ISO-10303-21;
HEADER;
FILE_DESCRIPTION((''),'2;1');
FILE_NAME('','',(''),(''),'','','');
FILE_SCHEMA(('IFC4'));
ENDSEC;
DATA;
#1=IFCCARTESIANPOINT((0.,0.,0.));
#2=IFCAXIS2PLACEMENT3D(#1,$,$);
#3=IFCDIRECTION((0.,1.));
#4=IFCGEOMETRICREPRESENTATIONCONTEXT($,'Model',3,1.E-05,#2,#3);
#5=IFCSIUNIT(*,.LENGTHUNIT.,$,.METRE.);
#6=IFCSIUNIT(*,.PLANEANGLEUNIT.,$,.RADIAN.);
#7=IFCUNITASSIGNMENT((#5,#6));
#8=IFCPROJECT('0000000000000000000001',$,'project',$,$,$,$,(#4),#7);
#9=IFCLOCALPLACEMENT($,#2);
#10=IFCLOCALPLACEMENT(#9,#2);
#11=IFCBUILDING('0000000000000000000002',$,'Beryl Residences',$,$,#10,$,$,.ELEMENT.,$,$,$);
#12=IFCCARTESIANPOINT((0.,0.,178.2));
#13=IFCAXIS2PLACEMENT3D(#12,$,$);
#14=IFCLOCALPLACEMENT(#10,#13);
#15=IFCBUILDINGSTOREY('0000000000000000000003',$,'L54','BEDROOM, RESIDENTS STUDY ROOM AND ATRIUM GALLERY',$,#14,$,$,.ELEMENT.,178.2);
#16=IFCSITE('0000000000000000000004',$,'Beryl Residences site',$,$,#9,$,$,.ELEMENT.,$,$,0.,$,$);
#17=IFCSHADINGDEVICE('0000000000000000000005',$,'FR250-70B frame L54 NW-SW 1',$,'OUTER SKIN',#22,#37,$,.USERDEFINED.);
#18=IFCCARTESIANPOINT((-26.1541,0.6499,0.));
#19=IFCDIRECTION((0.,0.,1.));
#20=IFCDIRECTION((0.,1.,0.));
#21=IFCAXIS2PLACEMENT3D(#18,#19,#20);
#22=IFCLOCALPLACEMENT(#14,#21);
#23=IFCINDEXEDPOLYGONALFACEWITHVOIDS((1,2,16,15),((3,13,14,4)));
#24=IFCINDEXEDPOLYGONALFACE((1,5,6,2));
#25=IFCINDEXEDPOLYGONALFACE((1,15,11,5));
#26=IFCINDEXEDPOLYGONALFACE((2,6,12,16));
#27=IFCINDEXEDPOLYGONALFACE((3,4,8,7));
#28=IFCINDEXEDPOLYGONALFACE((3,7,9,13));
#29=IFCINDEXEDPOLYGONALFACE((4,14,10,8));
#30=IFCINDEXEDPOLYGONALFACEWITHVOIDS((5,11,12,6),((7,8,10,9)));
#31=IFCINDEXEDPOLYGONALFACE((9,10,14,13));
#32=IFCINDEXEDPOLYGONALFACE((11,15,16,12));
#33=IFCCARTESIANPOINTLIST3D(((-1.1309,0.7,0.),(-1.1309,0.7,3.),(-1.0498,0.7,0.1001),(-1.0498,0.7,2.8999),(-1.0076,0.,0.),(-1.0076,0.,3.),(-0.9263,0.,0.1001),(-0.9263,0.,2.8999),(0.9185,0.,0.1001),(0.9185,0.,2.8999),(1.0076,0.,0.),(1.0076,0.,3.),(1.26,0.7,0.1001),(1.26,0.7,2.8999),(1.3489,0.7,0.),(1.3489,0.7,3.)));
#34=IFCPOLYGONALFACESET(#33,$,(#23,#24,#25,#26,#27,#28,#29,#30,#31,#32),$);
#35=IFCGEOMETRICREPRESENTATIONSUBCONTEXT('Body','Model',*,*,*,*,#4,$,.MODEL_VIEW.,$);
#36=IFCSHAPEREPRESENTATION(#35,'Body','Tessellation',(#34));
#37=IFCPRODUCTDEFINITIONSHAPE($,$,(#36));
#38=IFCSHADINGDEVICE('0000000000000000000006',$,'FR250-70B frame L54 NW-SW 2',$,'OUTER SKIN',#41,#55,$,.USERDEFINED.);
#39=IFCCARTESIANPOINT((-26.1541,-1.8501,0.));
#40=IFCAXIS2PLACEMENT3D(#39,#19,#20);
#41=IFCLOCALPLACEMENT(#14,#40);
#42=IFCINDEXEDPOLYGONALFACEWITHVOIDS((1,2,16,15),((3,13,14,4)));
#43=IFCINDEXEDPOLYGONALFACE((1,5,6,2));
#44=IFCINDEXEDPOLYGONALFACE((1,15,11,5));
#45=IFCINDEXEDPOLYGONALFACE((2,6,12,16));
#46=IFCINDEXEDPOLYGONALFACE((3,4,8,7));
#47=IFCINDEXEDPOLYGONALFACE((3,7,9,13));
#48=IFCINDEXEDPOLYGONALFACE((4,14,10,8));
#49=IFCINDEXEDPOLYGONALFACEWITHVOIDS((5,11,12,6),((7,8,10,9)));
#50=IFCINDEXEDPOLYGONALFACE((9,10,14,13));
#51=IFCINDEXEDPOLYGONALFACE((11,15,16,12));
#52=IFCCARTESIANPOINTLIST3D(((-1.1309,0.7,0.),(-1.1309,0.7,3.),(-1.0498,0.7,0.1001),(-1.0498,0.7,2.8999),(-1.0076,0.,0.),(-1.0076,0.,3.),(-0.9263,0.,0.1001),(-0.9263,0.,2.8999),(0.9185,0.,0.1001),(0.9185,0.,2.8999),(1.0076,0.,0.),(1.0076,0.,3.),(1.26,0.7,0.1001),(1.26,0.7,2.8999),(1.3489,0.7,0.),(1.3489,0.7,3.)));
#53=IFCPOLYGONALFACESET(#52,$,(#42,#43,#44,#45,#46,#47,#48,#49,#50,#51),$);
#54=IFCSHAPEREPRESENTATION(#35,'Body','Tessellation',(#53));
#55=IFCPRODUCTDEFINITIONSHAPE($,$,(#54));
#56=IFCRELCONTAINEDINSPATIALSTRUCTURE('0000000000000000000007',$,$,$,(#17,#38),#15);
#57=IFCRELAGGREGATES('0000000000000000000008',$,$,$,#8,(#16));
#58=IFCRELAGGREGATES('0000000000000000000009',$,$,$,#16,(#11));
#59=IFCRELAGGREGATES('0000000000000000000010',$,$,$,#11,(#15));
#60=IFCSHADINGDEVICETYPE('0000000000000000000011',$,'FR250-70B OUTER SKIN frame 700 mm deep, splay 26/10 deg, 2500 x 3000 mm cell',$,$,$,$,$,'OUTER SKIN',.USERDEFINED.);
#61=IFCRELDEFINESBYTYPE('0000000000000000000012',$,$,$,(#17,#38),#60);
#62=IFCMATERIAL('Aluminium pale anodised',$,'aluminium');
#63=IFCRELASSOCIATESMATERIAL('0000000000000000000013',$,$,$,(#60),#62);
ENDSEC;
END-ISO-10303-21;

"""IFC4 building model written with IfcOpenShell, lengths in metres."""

from ifc_helpers import new_model, entity, si_unit, direction, frame, origin, place, context, subcontext, project, spatial, source, transform, mapped, material, type_object, type_shapes, element, save


model = new_model("IFC4")

# Units and contexts
model_context = context("Model", 3, precision=1e-05, world=origin(), true_north=direction((0.0, 1.0)))
body_context = subcontext(model_context, "Body", "Model", "MODEL_VIEW")
ifc_project = project(units=[si_unit("LENGTHUNIT", "METRE"), si_unit("PLANEANGLEUNIT", "RADIAN")], contexts=[model_context])

# Site, building, storey
site_placement = place(None, origin())
site = spatial("IfcSite", under=ifc_project, at=site_placement, Name="Beryl Residences site", CompositionType="ELEMENT", RefElevation=0.0)
building_placement = place(site_placement, origin())
building = spatial("IfcBuilding", under=site, at=building_placement, Name="Beryl Residences", CompositionType="ELEMENT")
storey_placement = place(building_placement, frame((0.0, 0.0, 178.2)))
storey = spatial("IfcBuildingStorey", under=building, at=storey_placement, Name="L54", Description="BEDROOM, RESIDENTS STUDY ROOM AND ATRIUM GALLERY", CompositionType="ELEMENT", Elevation=178.2)

# Shading devices
ifc_material_1 = material(Name="Aluminium pale anodised", Category="aluminium")
shading_device_type = type_object("IfcShadingDeviceType", Name="FR250-70B OUTER SKIN frame 700 mm deep, splay 26/10 deg, 2500 x 3000 mm cell", ElementType="OUTER SKIN", PredefinedType="USERDEFINED", material=ifc_material_1)
cartesian_point_1 = entity("IfcCartesianPoint", [-1.0076, 0.0])
cartesian_point_2 = entity("IfcCartesianPoint", [-0.9185, 0.1001])
cartesian_point_3 = entity("IfcCartesianPoint", [-1.3489, 0.0])
cartesian_point_4 = entity("IfcCartesianPoint", [-1.26, 0.1001])
shared_shape_1 = source(origin(), body_context, "Body", "SweptSolid", [
    entity("IfcExtrudedAreaSolidTapered", entity("IfcArbitraryProfileDefWithVoids", "AREA", None, entity("IfcPolyline", [cartesian_point_1, entity("IfcCartesianPoint", [1.0076, 0.0]), entity("IfcCartesianPoint", [1.0076, 3.0]), entity("IfcCartesianPoint", [-1.0076, 3.0]), cartesian_point_1]), [entity("IfcPolyline", [cartesian_point_2, entity("IfcCartesianPoint", [0.9263, 0.1001]), entity("IfcCartesianPoint", [0.9263, 2.8999]), entity("IfcCartesianPoint", [-0.9185, 2.8999]), cartesian_point_2])]), entity("IfcAxis2Placement3D", entity("IfcCartesianPoint", [0.0, 0.0, 0.0]), entity("IfcDirection", [0.0, 1.0, 0.0]), entity("IfcDirection", [-1.0, 0.0, 0.0])), entity("IfcDirection", [0.0, 0.0, 1.0]), 0.7, entity("IfcArbitraryProfileDefWithVoids", "AREA", None, entity("IfcPolyline", [cartesian_point_3, entity("IfcCartesianPoint", [1.1309, 0.0]), entity("IfcCartesianPoint", [1.1309, 3.0]), entity("IfcCartesianPoint", [-1.3489, 3.0]), cartesian_point_3]), [entity("IfcPolyline", [cartesian_point_4, entity("IfcCartesianPoint", [1.0498, 0.1001]), entity("IfcCartesianPoint", [1.0498, 2.8999]), entity("IfcCartesianPoint", [-1.26, 2.8999]), cartesian_point_4])])),
])
type_shapes(shading_device_type, [shared_shape_1])
for number, where, z_axis, x_axis, name in (
    (1, (-26.1541, 0.6499, 0.0), (0.0, 0.0, 1.0), (0.0, 1.0, 0.0), "FR250-70B frame L54 NW-SW 1"),
    (2, (-26.1541, -1.8501, 0.0), (0.0, 0.0, 1.0), (0.0, 1.0, 0.0), "FR250-70B frame L54 NW-SW 2"),
):
    element("IfcShadingDevice", number, at=place(storey_placement, frame(where, z_axis=z_axis, x_axis=x_axis)), inside=storey, type_object=shading_device_type, Name=name, ObjectType="OUTER SKIN", PredefinedType="USERDEFINED", context=body_context, shape_type="MappedRepresentation", body=[
        mapped(shared_shape_1, transform((0.0, 0.0, 0.0))),
    ])

save(model, "model.ifc")
